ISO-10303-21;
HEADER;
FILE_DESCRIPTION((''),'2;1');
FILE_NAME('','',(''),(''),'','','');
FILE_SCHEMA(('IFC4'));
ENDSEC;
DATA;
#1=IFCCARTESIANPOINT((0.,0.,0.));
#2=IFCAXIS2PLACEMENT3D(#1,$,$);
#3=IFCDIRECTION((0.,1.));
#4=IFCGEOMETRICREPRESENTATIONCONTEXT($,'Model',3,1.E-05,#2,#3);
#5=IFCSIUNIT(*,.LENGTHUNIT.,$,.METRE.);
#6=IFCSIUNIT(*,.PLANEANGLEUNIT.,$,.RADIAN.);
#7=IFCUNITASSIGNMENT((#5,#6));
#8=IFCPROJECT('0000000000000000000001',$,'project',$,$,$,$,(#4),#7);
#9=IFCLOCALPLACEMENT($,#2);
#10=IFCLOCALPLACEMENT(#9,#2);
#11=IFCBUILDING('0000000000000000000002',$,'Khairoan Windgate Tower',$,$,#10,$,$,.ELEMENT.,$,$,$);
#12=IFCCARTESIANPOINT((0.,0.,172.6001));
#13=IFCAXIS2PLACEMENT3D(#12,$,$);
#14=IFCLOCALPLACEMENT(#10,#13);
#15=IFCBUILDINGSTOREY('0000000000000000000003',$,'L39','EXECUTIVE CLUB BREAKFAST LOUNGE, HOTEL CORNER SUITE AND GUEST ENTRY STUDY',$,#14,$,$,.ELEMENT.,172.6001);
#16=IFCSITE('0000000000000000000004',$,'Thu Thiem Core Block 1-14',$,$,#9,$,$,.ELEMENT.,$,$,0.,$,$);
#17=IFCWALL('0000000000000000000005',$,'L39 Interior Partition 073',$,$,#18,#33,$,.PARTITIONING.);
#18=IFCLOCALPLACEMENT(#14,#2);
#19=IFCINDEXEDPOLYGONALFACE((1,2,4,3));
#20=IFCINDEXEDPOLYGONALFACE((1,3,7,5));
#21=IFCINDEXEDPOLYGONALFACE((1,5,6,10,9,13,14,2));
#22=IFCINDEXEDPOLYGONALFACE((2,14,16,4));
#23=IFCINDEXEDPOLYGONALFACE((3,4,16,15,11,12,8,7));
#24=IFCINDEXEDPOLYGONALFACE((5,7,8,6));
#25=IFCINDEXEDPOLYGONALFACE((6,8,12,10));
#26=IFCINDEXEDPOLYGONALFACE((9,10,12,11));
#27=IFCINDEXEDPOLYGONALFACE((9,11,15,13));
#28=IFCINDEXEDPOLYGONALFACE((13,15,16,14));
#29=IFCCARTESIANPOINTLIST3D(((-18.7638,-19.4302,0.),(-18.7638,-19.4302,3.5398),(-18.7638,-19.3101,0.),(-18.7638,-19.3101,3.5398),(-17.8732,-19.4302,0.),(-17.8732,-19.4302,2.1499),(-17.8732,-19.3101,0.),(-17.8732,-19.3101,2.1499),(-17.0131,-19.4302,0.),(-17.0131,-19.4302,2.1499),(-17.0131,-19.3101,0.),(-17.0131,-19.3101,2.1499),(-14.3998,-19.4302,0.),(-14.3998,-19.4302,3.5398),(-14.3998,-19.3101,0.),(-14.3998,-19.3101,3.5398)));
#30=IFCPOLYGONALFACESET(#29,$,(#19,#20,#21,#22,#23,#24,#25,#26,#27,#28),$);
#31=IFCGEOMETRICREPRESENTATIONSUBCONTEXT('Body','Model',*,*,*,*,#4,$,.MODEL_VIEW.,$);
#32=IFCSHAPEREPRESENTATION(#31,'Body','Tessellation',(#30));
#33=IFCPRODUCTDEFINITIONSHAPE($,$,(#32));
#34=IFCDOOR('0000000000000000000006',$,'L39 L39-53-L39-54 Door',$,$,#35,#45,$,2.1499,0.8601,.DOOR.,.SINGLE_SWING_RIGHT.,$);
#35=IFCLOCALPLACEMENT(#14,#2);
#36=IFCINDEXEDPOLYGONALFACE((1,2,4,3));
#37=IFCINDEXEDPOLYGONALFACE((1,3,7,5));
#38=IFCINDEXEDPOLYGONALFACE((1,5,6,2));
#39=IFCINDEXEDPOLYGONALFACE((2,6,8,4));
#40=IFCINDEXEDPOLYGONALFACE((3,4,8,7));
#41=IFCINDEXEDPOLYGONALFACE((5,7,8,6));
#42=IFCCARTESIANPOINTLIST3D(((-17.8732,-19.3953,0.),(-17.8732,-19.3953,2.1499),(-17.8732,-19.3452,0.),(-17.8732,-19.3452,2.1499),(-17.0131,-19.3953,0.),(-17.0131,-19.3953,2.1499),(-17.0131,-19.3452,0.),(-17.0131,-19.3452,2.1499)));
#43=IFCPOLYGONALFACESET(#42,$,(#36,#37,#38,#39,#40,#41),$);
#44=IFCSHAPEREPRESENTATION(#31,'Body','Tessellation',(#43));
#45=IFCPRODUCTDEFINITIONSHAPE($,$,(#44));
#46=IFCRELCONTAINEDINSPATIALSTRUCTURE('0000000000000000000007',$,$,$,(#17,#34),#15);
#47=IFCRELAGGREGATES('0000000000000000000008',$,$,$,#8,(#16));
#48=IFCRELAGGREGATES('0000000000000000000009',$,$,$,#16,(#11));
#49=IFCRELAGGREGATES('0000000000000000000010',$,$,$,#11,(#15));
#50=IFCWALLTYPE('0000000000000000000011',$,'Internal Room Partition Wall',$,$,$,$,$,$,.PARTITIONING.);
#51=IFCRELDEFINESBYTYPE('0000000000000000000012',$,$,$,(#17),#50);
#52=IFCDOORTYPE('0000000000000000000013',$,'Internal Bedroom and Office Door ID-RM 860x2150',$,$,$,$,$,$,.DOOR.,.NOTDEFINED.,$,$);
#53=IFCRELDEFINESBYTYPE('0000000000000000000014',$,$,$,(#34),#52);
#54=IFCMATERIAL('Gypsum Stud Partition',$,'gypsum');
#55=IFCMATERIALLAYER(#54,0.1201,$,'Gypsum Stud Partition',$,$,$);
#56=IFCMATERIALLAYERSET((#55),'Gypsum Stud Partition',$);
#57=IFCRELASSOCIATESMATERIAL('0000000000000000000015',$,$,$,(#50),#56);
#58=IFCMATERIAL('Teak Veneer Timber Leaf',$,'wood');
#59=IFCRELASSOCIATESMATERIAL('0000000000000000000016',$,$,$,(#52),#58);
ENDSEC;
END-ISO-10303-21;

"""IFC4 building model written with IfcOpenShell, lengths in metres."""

from ifc_helpers import new_model, si_unit, direction, frame, frame_2d, origin, place, context, subcontext, project, spatial, rectangle, extrude, material, layer, layer_set, type_object, element, fill, save


model = new_model("IFC4")

# Units and contexts
model_context = context("Model", 3, precision=1e-05, world=origin(), true_north=direction((0.0, 1.0)))
body_context = subcontext(model_context, "Body", "Model", "MODEL_VIEW")
ifc_project = project(units=[si_unit("LENGTHUNIT", "METRE"), si_unit("PLANEANGLEUNIT", "RADIAN")], contexts=[model_context])

# Site, building, storey
site_placement = place(None, origin())
site = spatial("IfcSite", under=ifc_project, at=site_placement, Name="Thu Thiem Core Block 1-14", CompositionType="ELEMENT", RefElevation=0.0)
building_placement = place(site_placement, origin())
building = spatial("IfcBuilding", under=site, at=building_placement, Name="Khairoan Windgate Tower", CompositionType="ELEMENT")
storey_placement = place(building_placement, frame((0.0, 0.0, 172.6001)))
storey = spatial("IfcBuildingStorey", under=building, at=storey_placement, Name="L39", Description="EXECUTIVE CLUB BREAKFAST LOUNGE, HOTEL CORNER SUITE AND GUEST ENTRY STUDY", CompositionType="ELEMENT", Elevation=172.6001)

# Wall, opening, door
ifc_material_1 = material(Name="Gypsum Stud Partition", Category="gypsum")
ifc_layer_1 = layer(ifc_material_1, 0.1201, Name="Gypsum Stud Partition")
ifc_layer_set_1 = layer_set([ifc_layer_1], Name="Gypsum Stud Partition")
wall_type_1 = type_object("IfcWallType", Name="Internal Room Partition Wall", PredefinedType="PARTITIONING", material=ifc_layer_set_1)
wall_1_placement = place(storey_placement, frame((-18.7639, -19.3701, 0.0), z_axis=(0.0, 0.0, 1.0), x_axis=(1.0, 0.0, 0.0)))
wall_1 = element("IfcWall", 1, at=wall_1_placement, inside=storey, type_object=wall_type_1, Name="L39 Interior Partition 073", PredefinedType="PARTITIONING", context=body_context, shape_type="SweptSolid", body=[
    extrude(rectangle(XDim=4.364, YDim=0.1201, at=frame_2d((2.1821, 0.0))), origin(), (0.0, 0.0, 1.0), 3.5398),
])
opening_1_placement = place(wall_1_placement, frame((0.8906, 0.0, 0.0)))
opening_1 = element("IfcOpeningElement", 2, at=opening_1_placement, cuts=wall_1, PredefinedType="OPENING", context=body_context, shape_type="SweptSolid", body=[
    extrude(rectangle(XDim=0.8601, YDim=2.1499, at=frame_2d((0.4302, 1.075))), frame((0.0, 0.0701, 0.0), z_axis=(0.0, -1.0, 0.0), x_axis=(1.0, 0.0, 0.0)), (0.0, 0.0, 1.0), 0.1401),
])
ifc_material_2 = material(Name="Teak Veneer Timber Leaf", Category="wood")
door_type_1 = type_object("IfcDoorType", Name="Internal Bedroom and Office Door ID-RM 860x2150", OperationType="NOTDEFINED", PredefinedType="DOOR", material=ifc_material_2)
door_1_placement = place(opening_1_placement, origin())
door_1 = element("IfcDoor", 3, at=door_1_placement, inside=storey, type_object=door_type_1, Name="L39 L39-53-L39-54 Door", OperationType="SINGLE_SWING_RIGHT", OverallHeight=2.1499, OverallWidth=0.8601, PredefinedType="DOOR", context=body_context, shape_type="SweptSolid", body=[
    extrude(rectangle(XDim=0.8601, YDim=2.1499, at=frame_2d((0.4302, 1.075))), frame((0.0, 0.0249, 0.0), z_axis=(0.0, -1.0, 0.0), x_axis=(1.0, 0.0, 0.0)), (0.0, 0.0, 1.0), 0.05),
])
fill(opening_1, door_1)

save(model, "model.ifc")
